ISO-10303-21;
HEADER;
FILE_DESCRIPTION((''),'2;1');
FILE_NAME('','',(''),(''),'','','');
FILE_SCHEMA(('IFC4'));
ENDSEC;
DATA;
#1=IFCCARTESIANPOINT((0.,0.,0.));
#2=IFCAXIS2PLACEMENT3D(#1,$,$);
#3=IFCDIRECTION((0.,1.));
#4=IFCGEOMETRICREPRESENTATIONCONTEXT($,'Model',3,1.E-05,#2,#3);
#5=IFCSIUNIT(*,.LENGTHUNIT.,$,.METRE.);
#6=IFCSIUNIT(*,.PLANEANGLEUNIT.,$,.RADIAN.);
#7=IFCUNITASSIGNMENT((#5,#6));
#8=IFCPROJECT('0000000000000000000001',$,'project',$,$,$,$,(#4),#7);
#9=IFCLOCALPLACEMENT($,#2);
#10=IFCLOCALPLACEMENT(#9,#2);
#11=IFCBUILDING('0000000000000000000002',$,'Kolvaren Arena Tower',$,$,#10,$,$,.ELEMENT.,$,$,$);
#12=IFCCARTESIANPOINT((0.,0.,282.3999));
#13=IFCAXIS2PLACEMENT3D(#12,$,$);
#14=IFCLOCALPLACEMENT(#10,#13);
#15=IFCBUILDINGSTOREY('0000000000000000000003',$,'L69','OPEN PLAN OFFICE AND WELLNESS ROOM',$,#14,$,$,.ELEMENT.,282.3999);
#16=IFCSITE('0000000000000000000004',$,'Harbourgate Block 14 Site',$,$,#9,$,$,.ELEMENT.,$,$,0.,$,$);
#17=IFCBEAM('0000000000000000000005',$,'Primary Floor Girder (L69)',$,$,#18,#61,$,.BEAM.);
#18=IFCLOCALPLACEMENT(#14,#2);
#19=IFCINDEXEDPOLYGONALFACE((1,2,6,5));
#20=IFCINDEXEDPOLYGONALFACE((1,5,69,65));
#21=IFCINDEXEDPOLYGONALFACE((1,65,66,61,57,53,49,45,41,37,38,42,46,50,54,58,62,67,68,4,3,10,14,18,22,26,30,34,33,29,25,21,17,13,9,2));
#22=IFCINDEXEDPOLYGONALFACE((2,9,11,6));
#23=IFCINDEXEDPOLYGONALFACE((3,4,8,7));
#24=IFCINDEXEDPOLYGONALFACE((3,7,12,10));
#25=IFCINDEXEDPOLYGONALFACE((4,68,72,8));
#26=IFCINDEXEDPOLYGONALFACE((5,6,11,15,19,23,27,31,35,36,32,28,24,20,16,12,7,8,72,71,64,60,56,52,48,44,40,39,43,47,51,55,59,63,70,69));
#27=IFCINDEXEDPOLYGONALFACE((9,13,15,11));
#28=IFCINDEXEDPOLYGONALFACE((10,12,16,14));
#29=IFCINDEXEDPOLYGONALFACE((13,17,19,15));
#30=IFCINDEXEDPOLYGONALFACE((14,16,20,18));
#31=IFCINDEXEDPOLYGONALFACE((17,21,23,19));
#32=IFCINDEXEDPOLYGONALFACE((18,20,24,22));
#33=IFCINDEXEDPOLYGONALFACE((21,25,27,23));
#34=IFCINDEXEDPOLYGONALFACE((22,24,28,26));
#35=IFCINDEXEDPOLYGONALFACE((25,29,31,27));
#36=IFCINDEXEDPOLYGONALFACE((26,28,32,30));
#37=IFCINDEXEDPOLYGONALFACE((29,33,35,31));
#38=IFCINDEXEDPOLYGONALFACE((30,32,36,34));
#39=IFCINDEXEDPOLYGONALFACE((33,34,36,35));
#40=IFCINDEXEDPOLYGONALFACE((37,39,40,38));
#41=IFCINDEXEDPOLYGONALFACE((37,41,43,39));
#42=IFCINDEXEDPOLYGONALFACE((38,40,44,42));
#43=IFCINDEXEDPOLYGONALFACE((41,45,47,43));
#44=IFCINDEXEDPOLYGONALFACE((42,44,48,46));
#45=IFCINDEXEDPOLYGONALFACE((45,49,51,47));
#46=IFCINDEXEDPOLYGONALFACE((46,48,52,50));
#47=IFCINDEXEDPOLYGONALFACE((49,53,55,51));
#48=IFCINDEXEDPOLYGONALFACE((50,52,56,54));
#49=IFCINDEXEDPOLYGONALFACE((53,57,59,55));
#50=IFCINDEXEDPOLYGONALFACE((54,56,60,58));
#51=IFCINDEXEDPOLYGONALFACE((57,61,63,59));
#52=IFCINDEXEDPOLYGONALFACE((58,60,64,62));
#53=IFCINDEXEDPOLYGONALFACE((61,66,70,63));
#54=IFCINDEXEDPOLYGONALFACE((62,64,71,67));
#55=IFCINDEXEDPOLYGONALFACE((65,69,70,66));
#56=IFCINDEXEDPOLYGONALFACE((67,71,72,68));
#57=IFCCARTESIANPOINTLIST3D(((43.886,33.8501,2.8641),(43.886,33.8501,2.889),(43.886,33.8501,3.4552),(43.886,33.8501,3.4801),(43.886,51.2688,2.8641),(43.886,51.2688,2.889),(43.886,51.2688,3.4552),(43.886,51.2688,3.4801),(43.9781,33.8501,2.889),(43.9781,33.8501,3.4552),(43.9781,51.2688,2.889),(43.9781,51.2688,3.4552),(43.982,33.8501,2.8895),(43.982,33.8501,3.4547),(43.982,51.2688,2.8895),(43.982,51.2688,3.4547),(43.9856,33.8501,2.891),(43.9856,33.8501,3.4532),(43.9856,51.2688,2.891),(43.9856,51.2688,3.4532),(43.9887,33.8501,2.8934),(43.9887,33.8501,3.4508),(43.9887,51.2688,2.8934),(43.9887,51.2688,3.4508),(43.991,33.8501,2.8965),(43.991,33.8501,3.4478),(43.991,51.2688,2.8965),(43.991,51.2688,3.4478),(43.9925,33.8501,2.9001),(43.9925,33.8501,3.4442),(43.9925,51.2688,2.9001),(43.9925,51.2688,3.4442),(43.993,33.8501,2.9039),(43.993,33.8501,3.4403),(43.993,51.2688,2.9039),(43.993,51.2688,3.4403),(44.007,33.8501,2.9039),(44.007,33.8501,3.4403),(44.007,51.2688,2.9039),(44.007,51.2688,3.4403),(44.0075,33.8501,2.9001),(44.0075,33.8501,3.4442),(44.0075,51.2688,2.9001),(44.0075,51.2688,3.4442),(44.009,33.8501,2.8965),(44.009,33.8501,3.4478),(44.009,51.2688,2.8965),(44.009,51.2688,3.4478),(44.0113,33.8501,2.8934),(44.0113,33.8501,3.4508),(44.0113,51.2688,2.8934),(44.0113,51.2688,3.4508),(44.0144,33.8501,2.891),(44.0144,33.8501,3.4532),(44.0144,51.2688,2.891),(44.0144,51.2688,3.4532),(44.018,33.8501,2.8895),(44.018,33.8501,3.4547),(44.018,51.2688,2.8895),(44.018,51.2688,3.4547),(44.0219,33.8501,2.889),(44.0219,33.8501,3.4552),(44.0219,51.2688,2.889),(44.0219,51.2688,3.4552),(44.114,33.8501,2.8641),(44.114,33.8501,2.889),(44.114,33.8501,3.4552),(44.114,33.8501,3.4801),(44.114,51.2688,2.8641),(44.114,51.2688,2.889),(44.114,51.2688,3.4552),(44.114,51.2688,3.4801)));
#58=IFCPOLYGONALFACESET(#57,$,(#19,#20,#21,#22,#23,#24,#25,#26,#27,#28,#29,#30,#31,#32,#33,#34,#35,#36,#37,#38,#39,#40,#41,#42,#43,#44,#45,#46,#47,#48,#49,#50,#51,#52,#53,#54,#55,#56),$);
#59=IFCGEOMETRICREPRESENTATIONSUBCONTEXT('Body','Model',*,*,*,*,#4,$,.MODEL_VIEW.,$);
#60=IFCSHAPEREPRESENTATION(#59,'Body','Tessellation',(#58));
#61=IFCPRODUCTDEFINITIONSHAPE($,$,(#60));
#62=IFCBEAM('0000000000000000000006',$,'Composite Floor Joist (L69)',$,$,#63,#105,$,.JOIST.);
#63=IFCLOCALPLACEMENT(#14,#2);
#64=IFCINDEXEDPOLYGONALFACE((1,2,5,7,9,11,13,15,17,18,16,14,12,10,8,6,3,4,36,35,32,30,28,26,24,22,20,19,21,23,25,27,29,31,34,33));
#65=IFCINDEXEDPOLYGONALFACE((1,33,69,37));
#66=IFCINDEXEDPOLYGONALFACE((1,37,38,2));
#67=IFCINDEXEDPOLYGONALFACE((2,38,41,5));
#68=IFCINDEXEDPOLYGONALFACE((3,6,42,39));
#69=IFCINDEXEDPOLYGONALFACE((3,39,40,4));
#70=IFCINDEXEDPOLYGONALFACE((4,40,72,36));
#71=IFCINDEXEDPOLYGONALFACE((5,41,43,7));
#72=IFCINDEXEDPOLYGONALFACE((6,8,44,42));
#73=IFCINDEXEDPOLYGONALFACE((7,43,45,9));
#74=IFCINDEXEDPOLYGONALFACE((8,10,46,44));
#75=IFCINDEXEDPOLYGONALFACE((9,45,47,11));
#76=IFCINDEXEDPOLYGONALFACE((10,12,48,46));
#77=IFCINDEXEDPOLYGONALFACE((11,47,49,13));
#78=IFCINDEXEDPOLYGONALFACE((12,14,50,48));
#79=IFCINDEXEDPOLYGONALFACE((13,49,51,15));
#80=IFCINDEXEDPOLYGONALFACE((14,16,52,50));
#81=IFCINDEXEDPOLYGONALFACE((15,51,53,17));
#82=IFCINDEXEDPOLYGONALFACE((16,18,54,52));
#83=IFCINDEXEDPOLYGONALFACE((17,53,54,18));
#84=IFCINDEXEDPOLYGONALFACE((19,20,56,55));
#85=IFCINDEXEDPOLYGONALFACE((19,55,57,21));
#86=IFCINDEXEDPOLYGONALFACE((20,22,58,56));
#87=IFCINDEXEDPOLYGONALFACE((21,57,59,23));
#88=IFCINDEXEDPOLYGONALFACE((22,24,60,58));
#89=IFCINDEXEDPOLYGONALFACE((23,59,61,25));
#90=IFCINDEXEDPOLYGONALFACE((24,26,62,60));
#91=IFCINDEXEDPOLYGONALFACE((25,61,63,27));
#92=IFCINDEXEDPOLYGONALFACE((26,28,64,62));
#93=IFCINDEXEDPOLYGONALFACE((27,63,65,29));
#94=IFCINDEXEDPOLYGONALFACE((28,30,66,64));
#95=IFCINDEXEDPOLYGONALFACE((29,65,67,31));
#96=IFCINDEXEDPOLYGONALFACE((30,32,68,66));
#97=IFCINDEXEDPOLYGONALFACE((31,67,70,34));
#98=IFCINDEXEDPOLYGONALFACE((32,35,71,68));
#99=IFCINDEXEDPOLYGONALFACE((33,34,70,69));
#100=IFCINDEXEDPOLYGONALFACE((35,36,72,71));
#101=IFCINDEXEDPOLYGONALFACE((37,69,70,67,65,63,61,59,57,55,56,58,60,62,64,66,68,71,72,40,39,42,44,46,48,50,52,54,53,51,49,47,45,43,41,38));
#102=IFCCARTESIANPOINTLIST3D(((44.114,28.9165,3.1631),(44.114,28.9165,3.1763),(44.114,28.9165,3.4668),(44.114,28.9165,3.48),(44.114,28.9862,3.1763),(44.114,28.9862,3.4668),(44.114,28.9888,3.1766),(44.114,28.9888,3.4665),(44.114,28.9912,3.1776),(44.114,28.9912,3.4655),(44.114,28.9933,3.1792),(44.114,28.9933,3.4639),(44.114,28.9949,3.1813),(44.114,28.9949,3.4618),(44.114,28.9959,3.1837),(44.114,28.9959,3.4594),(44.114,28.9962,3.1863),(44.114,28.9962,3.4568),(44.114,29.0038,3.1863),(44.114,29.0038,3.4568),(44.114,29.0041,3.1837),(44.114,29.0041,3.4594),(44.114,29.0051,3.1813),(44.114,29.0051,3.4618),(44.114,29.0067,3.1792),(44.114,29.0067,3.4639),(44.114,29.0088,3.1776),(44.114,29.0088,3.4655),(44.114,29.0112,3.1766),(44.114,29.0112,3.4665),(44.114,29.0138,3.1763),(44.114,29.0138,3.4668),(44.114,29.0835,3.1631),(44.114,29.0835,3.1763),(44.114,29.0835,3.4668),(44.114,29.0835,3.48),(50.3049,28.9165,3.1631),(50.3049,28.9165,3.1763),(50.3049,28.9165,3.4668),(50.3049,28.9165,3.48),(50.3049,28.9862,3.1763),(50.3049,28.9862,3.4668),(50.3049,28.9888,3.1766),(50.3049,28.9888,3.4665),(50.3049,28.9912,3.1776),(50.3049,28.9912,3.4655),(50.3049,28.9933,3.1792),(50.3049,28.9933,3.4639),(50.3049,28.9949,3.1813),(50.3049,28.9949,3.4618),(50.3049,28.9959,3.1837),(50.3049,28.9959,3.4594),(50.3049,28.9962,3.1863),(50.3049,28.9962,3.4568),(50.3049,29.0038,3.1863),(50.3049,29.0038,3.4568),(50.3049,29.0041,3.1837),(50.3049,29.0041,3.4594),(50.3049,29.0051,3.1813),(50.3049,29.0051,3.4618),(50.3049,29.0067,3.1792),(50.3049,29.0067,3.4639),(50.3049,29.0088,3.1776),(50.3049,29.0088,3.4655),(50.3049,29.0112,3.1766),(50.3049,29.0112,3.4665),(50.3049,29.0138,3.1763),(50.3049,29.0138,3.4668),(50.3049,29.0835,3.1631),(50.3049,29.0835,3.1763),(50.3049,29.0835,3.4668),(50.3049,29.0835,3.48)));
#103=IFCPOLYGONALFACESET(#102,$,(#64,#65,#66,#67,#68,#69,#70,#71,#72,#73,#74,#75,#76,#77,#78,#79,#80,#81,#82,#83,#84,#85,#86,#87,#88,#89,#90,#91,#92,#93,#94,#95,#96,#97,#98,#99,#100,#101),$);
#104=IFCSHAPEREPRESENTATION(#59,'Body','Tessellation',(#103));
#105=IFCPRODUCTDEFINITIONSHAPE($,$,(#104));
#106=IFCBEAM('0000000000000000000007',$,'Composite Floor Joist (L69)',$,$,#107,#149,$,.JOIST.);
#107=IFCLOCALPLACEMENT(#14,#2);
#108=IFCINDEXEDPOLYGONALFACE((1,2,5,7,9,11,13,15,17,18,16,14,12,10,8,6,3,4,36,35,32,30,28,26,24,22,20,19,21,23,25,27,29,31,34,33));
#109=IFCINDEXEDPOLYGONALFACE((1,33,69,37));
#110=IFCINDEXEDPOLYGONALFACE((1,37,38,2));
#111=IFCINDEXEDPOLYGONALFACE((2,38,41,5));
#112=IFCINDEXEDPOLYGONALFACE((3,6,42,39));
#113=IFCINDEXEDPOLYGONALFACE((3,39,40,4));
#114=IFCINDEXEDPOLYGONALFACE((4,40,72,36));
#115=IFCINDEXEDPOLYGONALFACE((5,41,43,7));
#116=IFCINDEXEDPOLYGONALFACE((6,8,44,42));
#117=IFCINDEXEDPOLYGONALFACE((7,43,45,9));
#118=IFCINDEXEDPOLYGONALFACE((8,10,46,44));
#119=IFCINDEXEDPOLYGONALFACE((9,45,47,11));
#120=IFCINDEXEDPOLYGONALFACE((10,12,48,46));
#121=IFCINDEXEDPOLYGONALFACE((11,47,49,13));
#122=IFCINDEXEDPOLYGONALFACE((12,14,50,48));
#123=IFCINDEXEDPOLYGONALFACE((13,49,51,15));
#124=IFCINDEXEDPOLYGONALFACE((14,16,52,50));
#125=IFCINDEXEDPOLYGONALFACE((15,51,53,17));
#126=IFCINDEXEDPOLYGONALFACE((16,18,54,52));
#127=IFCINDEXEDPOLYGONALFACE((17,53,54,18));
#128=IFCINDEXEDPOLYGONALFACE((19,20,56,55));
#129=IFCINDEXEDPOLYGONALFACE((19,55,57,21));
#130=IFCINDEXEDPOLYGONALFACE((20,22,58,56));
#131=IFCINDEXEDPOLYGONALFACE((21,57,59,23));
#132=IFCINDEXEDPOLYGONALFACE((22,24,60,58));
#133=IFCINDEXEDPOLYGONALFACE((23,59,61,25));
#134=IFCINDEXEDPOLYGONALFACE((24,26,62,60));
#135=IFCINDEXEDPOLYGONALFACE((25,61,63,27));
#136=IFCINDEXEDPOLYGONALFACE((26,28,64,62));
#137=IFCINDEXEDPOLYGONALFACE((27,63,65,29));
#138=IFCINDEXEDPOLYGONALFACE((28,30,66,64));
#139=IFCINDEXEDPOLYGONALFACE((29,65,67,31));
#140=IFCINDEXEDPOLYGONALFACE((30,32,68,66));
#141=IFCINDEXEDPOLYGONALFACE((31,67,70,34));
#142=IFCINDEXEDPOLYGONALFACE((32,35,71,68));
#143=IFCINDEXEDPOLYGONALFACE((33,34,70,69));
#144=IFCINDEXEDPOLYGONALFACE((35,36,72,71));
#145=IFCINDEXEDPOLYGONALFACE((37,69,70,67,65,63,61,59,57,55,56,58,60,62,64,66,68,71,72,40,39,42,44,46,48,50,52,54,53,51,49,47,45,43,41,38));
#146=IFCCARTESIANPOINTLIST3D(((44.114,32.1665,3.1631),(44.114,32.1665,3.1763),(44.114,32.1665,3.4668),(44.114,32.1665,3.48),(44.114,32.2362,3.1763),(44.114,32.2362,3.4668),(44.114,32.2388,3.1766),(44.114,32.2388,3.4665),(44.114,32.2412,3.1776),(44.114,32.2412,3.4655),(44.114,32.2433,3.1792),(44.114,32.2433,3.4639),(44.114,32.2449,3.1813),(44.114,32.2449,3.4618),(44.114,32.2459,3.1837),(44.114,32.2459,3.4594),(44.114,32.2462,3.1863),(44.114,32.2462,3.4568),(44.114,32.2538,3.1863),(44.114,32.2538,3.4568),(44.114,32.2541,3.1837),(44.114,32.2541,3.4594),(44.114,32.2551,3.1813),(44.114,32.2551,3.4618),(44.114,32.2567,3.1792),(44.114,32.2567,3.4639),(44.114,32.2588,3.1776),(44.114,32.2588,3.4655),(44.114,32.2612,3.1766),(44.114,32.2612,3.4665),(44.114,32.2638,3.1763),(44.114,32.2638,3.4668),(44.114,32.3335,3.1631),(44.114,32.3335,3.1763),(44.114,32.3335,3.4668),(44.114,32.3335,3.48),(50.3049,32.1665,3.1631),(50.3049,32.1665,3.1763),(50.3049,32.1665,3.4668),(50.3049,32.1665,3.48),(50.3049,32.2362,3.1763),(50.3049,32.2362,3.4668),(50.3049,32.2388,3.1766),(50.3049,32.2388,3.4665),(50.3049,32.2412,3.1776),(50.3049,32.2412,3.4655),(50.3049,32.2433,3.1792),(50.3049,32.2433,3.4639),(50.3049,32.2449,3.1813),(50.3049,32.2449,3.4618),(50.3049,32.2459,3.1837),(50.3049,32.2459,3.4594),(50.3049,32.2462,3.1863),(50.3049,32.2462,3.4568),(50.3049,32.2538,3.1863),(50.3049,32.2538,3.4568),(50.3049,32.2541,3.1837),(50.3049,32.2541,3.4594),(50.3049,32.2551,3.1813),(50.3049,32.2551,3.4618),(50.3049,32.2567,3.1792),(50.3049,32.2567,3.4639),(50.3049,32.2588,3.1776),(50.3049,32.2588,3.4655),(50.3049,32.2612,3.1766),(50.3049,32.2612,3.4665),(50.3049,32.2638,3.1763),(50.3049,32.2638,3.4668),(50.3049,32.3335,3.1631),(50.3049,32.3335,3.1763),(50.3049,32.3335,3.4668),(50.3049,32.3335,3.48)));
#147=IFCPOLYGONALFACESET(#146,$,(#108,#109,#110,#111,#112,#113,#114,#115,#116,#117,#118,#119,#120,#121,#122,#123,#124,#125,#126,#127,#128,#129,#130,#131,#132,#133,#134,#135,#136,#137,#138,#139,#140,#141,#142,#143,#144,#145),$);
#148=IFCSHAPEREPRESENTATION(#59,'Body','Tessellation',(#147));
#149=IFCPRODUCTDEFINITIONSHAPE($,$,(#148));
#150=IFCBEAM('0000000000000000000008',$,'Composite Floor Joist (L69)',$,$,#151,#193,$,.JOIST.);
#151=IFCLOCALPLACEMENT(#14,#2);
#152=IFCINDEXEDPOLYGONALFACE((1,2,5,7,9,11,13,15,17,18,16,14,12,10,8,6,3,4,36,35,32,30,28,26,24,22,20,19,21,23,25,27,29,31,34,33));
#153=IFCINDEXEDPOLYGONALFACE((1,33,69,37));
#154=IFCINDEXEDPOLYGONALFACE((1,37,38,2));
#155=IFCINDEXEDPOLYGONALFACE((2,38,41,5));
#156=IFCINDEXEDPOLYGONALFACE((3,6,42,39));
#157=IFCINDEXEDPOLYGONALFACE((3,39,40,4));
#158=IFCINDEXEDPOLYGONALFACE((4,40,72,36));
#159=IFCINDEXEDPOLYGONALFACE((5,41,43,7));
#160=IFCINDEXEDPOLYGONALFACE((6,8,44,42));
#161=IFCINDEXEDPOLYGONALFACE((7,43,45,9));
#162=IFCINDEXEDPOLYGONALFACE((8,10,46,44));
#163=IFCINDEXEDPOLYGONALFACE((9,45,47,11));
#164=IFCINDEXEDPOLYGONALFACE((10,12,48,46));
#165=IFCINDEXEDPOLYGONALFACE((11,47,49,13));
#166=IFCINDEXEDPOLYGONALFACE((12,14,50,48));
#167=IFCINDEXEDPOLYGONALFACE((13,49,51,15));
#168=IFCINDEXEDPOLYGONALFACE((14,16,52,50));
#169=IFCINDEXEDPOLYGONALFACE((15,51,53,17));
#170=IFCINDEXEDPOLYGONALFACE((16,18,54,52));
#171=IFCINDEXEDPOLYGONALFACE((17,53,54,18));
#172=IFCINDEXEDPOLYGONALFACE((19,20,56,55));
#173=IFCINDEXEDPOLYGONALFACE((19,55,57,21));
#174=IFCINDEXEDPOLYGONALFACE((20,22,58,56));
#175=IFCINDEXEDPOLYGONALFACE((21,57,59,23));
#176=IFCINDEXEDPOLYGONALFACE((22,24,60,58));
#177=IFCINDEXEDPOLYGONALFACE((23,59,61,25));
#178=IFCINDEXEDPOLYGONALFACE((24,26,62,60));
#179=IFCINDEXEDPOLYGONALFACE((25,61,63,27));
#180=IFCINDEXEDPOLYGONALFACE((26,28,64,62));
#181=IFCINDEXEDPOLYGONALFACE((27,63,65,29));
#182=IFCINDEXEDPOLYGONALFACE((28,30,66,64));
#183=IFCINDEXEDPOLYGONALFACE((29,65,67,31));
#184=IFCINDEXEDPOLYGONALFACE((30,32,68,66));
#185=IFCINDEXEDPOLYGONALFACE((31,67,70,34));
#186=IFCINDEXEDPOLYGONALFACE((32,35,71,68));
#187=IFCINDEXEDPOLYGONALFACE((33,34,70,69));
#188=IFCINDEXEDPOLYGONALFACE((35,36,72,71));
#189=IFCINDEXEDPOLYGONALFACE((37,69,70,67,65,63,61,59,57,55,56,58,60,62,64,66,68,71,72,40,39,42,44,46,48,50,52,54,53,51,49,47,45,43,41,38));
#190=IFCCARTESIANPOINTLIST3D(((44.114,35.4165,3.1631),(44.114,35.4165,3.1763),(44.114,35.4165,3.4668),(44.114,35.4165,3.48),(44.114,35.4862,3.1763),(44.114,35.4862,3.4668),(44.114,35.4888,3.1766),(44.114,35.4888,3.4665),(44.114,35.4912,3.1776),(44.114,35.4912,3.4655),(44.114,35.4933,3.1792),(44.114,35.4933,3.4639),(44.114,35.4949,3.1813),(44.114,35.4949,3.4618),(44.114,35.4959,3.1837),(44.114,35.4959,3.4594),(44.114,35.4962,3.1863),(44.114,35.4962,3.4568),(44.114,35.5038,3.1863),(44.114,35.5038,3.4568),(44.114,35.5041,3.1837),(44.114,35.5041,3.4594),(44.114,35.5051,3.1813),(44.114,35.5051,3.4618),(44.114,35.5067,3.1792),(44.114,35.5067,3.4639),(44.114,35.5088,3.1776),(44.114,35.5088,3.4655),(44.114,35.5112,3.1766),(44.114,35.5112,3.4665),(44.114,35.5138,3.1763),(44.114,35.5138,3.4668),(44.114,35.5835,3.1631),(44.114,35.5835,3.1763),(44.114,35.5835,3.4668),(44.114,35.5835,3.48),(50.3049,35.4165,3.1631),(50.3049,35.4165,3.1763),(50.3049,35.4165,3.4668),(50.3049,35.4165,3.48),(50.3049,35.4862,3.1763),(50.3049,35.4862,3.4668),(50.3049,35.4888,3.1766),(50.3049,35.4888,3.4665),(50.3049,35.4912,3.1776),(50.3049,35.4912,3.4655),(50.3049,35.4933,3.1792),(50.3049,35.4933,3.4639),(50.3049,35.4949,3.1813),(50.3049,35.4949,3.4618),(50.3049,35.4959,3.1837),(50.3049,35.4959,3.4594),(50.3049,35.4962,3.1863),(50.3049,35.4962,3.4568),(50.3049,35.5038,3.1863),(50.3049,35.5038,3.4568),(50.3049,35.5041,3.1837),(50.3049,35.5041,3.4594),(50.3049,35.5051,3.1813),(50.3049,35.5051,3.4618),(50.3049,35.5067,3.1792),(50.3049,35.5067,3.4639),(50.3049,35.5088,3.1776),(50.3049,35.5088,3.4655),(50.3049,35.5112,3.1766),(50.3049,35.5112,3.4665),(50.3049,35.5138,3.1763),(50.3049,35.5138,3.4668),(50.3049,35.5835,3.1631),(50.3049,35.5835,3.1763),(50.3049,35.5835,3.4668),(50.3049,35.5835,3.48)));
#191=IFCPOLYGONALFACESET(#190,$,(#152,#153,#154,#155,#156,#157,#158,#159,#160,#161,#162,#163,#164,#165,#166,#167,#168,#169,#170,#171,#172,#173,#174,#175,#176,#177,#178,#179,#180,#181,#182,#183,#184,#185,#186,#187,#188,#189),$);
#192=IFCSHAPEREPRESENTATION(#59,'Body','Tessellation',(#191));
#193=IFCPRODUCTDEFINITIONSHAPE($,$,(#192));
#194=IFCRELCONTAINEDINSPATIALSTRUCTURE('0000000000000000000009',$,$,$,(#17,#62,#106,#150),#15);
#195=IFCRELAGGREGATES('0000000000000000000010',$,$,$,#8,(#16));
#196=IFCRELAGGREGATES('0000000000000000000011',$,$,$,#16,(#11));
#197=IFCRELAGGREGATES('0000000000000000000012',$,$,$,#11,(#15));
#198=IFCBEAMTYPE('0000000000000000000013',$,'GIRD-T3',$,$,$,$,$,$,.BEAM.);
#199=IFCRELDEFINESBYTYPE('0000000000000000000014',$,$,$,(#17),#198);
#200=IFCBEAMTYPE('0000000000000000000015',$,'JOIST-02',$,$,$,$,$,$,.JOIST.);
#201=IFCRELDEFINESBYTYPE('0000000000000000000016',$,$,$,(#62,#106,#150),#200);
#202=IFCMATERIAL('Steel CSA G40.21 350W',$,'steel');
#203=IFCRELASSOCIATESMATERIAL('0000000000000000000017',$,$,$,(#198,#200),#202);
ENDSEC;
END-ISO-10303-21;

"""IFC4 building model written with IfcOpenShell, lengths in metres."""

from ifc_helpers import new_model, si_unit, direction, frame, origin, origin_2d, place, context, subcontext, project, spatial, i_section, extrude, material, material_profile, profile_set, type_object, element, save


model = new_model("IFC4")

# Units and contexts
model_context = context("Model", 3, precision=1e-05, world=origin(), true_north=direction((0.0, 1.0)))
body_context = subcontext(model_context, "Body", "Model", "MODEL_VIEW")
ifc_project = project(units=[si_unit("LENGTHUNIT", "METRE"), si_unit("PLANEANGLEUNIT", "RADIAN")], contexts=[model_context])

# Site, building, storey
site_placement = place(None, origin())
site = spatial("IfcSite", under=ifc_project, at=site_placement, Name="Harbourgate Block 14 Site", CompositionType="ELEMENT", RefElevation=0.0)
building_placement = place(site_placement, origin())
building = spatial("IfcBuilding", under=site, at=building_placement, Name="Kolvaren Arena Tower", CompositionType="ELEMENT")
storey_placement = place(building_placement, frame((0.0, 0.0, 282.3999)))
storey = spatial("IfcBuildingStorey", under=building, at=storey_placement, Name="L69", Description="OPEN PLAN OFFICE AND WELLNESS ROOM", CompositionType="ELEMENT", Elevation=282.3999)

# Beams
ifc_material_1 = material(Name="Steel CSA G40.21 350W", Category="steel")
ifc_material_profile_1 = material_profile(ifc_material_1, i_section(OverallWidth=0.228, OverallDepth=0.616, WebThickness=0.0139, FlangeThickness=0.0249, FilletRadius=0.0149, at=origin_2d()), Name="W610x174")
ifc_profile_set_1 = profile_set([ifc_material_profile_1], Name="Steel CSA G40.21 350W")
beam_type_1 = type_object("IfcBeamType", Name="GIRD-T3", PredefinedType="BEAM", material=ifc_profile_set_1)
beam_1_placement = place(storey_placement, frame((44.0, 33.8501, 3.1721), z_axis=(0.0, 1.0, 0.0), x_axis=(-1.0, 0.0, 0.0)))
element("IfcBeam", 1, at=beam_1_placement, inside=storey, type_object=beam_type_1, Name="Primary Floor Girder (L69)", PredefinedType="BEAM", context=body_context, shape_type="SweptSolid", body=[
    extrude(i_section(OverallWidth=0.228, OverallDepth=0.616, WebThickness=0.0139, FlangeThickness=0.0249, FilletRadius=0.0149, at=origin_2d()), origin(), (0.0, 0.0, 1.0), 17.4187),
])
ifc_material_profile_2 = material_profile(ifc_material_1, i_section(OverallWidth=0.167, OverallDepth=0.3169, WebThickness=0.0076, FlangeThickness=0.0132, FilletRadius=0.01, at=origin_2d()), Name="W310x52")
ifc_profile_set_2 = profile_set([ifc_material_profile_2], Name="Steel CSA G40.21 350W")
beam_type_2 = type_object("IfcBeamType", Name="JOIST-02", PredefinedType="JOIST", material=ifc_profile_set_2)
for number, where, z_axis, x_axis, name in (
    (2, (44.114, 29.0, 3.3215), (1.0, 0.0, 0.0), (0.0, 1.0, 0.0), "Composite Floor Joist (L69)"),
    (3, (44.114, 32.25, 3.3215), (1.0, 0.0, 0.0), (0.0, 1.0, 0.0), "Composite Floor Joist (L69)"),
    (4, (44.114, 35.5, 3.3215), (1.0, 0.0, 0.0), (0.0, 1.0, 0.0), "Composite Floor Joist (L69)"),
):
    element("IfcBeam", number, at=place(storey_placement, frame(where, z_axis=z_axis, x_axis=x_axis)), inside=storey, type_object=beam_type_2, Name=name, PredefinedType="JOIST", context=body_context, shape_type="SweptSolid", body=[
        extrude(i_section(OverallWidth=0.167, OverallDepth=0.3169, WebThickness=0.0076, FlangeThickness=0.0132, FilletRadius=0.01, at=origin_2d()), origin(), (0.0, 0.0, 1.0), 6.1909),
    ])

save(model, "model.ifc")
